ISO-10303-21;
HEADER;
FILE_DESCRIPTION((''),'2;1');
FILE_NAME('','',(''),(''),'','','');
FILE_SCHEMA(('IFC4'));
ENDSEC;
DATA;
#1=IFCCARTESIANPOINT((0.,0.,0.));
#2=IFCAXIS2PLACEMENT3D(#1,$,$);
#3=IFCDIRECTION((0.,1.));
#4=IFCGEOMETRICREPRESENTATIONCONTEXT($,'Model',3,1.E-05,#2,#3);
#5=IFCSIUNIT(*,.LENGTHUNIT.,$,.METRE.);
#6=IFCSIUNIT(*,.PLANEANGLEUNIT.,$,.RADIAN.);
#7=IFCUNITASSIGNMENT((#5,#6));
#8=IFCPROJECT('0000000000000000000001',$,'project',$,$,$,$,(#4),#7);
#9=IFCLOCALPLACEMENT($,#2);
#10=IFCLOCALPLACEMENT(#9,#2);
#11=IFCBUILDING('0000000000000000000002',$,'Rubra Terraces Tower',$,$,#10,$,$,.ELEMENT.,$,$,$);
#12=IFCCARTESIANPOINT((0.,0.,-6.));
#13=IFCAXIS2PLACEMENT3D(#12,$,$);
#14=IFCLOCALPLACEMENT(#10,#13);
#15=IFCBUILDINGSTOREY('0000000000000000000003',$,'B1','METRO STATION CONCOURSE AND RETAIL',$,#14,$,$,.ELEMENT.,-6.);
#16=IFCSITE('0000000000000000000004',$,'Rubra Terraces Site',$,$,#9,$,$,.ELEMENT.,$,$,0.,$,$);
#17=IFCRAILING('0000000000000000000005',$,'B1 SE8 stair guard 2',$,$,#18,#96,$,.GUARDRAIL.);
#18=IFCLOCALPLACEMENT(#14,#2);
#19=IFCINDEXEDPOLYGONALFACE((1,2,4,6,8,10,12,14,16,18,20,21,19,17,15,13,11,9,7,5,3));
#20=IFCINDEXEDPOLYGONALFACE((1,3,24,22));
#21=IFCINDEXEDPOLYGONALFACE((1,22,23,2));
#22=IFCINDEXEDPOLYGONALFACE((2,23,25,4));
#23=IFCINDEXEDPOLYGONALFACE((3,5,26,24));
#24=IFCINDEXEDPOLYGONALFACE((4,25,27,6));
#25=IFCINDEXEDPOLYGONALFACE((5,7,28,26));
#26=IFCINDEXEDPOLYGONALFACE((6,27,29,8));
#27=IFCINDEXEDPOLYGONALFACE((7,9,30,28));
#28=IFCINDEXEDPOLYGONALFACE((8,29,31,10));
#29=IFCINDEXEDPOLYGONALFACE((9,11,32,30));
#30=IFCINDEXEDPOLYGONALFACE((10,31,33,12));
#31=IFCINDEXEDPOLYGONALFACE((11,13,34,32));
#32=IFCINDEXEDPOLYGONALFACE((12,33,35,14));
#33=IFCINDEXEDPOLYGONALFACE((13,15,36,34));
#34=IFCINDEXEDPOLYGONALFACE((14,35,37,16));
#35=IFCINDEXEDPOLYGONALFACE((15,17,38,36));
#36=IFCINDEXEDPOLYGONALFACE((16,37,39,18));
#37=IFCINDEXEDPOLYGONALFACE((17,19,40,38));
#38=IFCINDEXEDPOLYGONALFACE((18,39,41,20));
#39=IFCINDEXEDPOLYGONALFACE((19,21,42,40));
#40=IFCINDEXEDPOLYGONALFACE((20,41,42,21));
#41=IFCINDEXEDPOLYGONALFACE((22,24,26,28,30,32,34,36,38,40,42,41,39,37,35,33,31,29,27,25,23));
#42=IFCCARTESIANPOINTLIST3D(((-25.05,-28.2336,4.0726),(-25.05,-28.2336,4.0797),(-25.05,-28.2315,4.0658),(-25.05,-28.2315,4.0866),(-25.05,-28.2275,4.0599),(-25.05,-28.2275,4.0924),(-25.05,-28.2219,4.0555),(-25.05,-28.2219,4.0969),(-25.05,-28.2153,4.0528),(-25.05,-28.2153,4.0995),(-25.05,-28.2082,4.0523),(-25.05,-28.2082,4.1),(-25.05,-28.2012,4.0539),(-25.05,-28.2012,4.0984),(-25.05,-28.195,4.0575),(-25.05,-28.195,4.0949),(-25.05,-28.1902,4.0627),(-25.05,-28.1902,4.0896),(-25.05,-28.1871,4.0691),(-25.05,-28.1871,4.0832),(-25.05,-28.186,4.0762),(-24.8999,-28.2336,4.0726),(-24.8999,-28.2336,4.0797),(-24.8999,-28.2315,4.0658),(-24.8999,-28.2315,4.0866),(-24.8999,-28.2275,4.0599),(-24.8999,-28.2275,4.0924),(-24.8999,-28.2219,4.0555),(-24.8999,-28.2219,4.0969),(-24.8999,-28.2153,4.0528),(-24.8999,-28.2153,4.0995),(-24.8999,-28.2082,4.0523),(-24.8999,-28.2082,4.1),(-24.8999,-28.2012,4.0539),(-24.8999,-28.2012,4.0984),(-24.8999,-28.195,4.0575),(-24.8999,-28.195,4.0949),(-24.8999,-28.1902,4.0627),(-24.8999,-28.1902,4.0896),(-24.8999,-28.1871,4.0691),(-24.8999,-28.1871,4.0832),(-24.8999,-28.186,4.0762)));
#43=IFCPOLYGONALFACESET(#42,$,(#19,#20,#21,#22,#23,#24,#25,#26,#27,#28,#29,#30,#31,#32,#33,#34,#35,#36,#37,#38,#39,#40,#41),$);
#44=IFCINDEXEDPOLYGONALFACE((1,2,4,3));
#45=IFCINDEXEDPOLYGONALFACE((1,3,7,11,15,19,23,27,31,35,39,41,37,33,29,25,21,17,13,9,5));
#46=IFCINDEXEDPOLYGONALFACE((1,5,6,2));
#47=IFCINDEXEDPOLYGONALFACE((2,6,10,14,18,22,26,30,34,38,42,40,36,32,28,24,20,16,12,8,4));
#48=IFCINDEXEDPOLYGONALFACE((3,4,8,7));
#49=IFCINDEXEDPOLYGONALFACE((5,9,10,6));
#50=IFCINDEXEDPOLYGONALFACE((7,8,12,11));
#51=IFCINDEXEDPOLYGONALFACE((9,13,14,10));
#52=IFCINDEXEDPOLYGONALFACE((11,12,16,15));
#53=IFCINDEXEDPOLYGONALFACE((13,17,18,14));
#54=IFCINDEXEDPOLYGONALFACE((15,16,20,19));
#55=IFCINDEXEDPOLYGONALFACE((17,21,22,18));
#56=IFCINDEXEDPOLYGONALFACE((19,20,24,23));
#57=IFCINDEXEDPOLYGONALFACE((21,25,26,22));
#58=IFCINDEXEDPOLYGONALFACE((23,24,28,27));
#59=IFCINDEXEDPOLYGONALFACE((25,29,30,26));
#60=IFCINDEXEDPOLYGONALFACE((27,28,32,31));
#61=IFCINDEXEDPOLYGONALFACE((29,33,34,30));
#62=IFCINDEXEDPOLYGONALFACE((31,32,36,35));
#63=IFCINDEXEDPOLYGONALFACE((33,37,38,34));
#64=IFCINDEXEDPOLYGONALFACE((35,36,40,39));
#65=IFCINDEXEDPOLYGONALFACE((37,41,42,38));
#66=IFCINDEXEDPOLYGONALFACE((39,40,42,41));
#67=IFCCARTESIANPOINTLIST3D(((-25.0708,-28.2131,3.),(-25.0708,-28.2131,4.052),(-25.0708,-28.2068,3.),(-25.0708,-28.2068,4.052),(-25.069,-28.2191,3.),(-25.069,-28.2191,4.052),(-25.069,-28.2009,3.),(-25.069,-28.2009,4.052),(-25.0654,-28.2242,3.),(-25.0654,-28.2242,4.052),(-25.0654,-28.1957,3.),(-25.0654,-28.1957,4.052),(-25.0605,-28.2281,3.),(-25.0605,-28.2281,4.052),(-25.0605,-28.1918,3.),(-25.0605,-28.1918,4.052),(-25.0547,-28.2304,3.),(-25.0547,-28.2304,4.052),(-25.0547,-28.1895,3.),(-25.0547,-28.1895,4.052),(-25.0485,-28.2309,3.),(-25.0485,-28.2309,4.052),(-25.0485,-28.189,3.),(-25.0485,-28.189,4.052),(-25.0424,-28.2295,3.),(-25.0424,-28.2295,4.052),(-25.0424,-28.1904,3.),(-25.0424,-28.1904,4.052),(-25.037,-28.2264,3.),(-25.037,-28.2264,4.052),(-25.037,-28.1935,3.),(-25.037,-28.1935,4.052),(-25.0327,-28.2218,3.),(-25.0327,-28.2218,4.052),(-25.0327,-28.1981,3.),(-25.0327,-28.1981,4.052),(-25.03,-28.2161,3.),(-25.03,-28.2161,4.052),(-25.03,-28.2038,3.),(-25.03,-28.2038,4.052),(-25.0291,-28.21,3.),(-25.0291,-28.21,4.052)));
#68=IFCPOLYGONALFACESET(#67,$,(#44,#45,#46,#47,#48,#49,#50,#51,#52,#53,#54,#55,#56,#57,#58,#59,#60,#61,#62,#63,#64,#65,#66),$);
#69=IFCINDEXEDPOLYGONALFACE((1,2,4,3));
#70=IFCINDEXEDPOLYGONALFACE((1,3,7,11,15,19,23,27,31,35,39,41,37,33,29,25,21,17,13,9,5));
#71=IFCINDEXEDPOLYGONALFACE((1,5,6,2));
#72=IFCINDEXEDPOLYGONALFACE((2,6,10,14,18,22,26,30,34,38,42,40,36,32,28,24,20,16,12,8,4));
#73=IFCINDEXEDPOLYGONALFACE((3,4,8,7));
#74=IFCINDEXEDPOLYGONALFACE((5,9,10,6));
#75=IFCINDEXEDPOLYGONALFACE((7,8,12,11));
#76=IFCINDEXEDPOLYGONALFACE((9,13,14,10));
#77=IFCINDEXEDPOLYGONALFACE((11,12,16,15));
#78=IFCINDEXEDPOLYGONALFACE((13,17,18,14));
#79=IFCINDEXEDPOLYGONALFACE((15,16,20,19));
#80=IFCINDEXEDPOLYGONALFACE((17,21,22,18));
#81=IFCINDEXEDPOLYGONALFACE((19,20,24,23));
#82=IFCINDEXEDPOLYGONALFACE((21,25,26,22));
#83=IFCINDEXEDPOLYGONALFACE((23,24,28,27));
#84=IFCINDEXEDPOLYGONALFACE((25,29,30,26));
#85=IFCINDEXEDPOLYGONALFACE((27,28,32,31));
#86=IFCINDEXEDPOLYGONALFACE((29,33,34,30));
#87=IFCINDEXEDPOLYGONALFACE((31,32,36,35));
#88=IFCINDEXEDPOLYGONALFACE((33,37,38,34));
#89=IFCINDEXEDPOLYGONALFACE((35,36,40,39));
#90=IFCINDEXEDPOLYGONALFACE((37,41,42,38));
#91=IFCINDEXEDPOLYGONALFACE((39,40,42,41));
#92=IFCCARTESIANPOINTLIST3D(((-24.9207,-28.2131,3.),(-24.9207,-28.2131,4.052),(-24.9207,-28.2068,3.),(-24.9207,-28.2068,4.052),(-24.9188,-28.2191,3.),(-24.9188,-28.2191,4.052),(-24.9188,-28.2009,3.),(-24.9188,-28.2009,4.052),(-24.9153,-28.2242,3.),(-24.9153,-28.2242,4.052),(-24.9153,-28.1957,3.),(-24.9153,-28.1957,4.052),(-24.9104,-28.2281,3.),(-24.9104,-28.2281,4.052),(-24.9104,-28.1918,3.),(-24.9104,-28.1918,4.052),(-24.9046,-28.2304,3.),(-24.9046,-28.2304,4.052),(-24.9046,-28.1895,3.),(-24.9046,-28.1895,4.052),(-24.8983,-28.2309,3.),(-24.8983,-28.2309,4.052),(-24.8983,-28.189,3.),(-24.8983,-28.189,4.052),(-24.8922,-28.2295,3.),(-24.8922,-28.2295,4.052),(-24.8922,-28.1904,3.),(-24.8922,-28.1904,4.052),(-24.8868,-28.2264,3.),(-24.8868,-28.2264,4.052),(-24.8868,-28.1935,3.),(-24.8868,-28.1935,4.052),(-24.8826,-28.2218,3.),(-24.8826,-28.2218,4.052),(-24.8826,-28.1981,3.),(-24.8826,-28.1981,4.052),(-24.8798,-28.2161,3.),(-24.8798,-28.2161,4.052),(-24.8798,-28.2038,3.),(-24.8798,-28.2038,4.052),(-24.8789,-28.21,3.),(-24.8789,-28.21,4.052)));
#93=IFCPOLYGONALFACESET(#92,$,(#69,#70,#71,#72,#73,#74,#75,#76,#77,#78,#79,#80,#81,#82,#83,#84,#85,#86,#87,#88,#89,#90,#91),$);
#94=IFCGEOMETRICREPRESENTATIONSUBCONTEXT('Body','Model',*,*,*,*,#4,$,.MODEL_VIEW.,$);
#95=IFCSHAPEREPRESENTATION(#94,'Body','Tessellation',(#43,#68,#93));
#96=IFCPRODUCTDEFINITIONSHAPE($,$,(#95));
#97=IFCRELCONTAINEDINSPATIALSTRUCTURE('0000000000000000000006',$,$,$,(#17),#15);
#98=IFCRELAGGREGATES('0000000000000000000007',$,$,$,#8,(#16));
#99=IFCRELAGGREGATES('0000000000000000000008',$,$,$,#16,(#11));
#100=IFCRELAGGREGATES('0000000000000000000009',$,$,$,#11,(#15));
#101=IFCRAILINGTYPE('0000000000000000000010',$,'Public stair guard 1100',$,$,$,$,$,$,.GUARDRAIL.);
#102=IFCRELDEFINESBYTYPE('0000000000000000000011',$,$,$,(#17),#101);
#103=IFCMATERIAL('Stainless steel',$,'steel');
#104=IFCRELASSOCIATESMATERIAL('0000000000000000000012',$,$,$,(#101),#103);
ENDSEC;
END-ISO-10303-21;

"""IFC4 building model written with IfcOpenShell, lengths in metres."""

from ifc_helpers import new_model, si_unit, direction, frame, origin, origin_2d, place, context, subcontext, project, spatial, circle, extrude, material, type_object, element, save


model = new_model("IFC4")

# Units and contexts
model_context = context("Model", 3, precision=1e-05, world=origin(), true_north=direction((0.0, 1.0)))
body_context = subcontext(model_context, "Body", "Model", "MODEL_VIEW")
ifc_project = project(units=[si_unit("LENGTHUNIT", "METRE"), si_unit("PLANEANGLEUNIT", "RADIAN")], contexts=[model_context])

# Site, building, storey
site_placement = place(None, origin())
site = spatial("IfcSite", under=ifc_project, at=site_placement, Name="Rubra Terraces Site", CompositionType="ELEMENT", RefElevation=0.0)
building_placement = place(site_placement, origin())
building = spatial("IfcBuilding", under=site, at=building_placement, Name="Rubra Terraces Tower", CompositionType="ELEMENT")
storey_placement = place(building_placement, frame((0.0, 0.0, -6.0)))
storey = spatial("IfcBuildingStorey", under=building, at=storey_placement, Name="B1", Description="METRO STATION CONCOURSE AND RETAIL", CompositionType="ELEMENT", Elevation=-6.0)

# Railing
ifc_material_1 = material(Name="Stainless steel", Category="steel")
railing_type_1 = type_object("IfcRailingType", Name="Public stair guard 1100", PredefinedType="GUARDRAIL", material=ifc_material_1)
railing_1_placement = place(storey_placement, frame((-25.05, -28.21, 3.0)))
element("IfcRailing", 1, at=railing_1_placement, inside=storey, type_object=railing_type_1, Name="B1 SE8 stair guard 2", PredefinedType="GUARDRAIL", context=body_context, shape_type="SweptSolid", body=[
    extrude(circle(Radius=0.0239, at=origin_2d()), frame((0.0, 0.0, 1.0762), z_axis=(1.0, 0.0, 0.0), x_axis=(0.0, 1.0, 0.0)), (0.0, 0.0, 1.0), 0.1501),
    extrude(circle(Radius=0.021, at=origin_2d()), origin(), (0.0, 0.0, 1.0), 1.052),
    extrude(circle(Radius=0.021, at=origin_2d()), frame((0.1501, 0.0, 0.0)), (0.0, 0.0, 1.0), 1.052),
])

save(model, "model.ifc")
